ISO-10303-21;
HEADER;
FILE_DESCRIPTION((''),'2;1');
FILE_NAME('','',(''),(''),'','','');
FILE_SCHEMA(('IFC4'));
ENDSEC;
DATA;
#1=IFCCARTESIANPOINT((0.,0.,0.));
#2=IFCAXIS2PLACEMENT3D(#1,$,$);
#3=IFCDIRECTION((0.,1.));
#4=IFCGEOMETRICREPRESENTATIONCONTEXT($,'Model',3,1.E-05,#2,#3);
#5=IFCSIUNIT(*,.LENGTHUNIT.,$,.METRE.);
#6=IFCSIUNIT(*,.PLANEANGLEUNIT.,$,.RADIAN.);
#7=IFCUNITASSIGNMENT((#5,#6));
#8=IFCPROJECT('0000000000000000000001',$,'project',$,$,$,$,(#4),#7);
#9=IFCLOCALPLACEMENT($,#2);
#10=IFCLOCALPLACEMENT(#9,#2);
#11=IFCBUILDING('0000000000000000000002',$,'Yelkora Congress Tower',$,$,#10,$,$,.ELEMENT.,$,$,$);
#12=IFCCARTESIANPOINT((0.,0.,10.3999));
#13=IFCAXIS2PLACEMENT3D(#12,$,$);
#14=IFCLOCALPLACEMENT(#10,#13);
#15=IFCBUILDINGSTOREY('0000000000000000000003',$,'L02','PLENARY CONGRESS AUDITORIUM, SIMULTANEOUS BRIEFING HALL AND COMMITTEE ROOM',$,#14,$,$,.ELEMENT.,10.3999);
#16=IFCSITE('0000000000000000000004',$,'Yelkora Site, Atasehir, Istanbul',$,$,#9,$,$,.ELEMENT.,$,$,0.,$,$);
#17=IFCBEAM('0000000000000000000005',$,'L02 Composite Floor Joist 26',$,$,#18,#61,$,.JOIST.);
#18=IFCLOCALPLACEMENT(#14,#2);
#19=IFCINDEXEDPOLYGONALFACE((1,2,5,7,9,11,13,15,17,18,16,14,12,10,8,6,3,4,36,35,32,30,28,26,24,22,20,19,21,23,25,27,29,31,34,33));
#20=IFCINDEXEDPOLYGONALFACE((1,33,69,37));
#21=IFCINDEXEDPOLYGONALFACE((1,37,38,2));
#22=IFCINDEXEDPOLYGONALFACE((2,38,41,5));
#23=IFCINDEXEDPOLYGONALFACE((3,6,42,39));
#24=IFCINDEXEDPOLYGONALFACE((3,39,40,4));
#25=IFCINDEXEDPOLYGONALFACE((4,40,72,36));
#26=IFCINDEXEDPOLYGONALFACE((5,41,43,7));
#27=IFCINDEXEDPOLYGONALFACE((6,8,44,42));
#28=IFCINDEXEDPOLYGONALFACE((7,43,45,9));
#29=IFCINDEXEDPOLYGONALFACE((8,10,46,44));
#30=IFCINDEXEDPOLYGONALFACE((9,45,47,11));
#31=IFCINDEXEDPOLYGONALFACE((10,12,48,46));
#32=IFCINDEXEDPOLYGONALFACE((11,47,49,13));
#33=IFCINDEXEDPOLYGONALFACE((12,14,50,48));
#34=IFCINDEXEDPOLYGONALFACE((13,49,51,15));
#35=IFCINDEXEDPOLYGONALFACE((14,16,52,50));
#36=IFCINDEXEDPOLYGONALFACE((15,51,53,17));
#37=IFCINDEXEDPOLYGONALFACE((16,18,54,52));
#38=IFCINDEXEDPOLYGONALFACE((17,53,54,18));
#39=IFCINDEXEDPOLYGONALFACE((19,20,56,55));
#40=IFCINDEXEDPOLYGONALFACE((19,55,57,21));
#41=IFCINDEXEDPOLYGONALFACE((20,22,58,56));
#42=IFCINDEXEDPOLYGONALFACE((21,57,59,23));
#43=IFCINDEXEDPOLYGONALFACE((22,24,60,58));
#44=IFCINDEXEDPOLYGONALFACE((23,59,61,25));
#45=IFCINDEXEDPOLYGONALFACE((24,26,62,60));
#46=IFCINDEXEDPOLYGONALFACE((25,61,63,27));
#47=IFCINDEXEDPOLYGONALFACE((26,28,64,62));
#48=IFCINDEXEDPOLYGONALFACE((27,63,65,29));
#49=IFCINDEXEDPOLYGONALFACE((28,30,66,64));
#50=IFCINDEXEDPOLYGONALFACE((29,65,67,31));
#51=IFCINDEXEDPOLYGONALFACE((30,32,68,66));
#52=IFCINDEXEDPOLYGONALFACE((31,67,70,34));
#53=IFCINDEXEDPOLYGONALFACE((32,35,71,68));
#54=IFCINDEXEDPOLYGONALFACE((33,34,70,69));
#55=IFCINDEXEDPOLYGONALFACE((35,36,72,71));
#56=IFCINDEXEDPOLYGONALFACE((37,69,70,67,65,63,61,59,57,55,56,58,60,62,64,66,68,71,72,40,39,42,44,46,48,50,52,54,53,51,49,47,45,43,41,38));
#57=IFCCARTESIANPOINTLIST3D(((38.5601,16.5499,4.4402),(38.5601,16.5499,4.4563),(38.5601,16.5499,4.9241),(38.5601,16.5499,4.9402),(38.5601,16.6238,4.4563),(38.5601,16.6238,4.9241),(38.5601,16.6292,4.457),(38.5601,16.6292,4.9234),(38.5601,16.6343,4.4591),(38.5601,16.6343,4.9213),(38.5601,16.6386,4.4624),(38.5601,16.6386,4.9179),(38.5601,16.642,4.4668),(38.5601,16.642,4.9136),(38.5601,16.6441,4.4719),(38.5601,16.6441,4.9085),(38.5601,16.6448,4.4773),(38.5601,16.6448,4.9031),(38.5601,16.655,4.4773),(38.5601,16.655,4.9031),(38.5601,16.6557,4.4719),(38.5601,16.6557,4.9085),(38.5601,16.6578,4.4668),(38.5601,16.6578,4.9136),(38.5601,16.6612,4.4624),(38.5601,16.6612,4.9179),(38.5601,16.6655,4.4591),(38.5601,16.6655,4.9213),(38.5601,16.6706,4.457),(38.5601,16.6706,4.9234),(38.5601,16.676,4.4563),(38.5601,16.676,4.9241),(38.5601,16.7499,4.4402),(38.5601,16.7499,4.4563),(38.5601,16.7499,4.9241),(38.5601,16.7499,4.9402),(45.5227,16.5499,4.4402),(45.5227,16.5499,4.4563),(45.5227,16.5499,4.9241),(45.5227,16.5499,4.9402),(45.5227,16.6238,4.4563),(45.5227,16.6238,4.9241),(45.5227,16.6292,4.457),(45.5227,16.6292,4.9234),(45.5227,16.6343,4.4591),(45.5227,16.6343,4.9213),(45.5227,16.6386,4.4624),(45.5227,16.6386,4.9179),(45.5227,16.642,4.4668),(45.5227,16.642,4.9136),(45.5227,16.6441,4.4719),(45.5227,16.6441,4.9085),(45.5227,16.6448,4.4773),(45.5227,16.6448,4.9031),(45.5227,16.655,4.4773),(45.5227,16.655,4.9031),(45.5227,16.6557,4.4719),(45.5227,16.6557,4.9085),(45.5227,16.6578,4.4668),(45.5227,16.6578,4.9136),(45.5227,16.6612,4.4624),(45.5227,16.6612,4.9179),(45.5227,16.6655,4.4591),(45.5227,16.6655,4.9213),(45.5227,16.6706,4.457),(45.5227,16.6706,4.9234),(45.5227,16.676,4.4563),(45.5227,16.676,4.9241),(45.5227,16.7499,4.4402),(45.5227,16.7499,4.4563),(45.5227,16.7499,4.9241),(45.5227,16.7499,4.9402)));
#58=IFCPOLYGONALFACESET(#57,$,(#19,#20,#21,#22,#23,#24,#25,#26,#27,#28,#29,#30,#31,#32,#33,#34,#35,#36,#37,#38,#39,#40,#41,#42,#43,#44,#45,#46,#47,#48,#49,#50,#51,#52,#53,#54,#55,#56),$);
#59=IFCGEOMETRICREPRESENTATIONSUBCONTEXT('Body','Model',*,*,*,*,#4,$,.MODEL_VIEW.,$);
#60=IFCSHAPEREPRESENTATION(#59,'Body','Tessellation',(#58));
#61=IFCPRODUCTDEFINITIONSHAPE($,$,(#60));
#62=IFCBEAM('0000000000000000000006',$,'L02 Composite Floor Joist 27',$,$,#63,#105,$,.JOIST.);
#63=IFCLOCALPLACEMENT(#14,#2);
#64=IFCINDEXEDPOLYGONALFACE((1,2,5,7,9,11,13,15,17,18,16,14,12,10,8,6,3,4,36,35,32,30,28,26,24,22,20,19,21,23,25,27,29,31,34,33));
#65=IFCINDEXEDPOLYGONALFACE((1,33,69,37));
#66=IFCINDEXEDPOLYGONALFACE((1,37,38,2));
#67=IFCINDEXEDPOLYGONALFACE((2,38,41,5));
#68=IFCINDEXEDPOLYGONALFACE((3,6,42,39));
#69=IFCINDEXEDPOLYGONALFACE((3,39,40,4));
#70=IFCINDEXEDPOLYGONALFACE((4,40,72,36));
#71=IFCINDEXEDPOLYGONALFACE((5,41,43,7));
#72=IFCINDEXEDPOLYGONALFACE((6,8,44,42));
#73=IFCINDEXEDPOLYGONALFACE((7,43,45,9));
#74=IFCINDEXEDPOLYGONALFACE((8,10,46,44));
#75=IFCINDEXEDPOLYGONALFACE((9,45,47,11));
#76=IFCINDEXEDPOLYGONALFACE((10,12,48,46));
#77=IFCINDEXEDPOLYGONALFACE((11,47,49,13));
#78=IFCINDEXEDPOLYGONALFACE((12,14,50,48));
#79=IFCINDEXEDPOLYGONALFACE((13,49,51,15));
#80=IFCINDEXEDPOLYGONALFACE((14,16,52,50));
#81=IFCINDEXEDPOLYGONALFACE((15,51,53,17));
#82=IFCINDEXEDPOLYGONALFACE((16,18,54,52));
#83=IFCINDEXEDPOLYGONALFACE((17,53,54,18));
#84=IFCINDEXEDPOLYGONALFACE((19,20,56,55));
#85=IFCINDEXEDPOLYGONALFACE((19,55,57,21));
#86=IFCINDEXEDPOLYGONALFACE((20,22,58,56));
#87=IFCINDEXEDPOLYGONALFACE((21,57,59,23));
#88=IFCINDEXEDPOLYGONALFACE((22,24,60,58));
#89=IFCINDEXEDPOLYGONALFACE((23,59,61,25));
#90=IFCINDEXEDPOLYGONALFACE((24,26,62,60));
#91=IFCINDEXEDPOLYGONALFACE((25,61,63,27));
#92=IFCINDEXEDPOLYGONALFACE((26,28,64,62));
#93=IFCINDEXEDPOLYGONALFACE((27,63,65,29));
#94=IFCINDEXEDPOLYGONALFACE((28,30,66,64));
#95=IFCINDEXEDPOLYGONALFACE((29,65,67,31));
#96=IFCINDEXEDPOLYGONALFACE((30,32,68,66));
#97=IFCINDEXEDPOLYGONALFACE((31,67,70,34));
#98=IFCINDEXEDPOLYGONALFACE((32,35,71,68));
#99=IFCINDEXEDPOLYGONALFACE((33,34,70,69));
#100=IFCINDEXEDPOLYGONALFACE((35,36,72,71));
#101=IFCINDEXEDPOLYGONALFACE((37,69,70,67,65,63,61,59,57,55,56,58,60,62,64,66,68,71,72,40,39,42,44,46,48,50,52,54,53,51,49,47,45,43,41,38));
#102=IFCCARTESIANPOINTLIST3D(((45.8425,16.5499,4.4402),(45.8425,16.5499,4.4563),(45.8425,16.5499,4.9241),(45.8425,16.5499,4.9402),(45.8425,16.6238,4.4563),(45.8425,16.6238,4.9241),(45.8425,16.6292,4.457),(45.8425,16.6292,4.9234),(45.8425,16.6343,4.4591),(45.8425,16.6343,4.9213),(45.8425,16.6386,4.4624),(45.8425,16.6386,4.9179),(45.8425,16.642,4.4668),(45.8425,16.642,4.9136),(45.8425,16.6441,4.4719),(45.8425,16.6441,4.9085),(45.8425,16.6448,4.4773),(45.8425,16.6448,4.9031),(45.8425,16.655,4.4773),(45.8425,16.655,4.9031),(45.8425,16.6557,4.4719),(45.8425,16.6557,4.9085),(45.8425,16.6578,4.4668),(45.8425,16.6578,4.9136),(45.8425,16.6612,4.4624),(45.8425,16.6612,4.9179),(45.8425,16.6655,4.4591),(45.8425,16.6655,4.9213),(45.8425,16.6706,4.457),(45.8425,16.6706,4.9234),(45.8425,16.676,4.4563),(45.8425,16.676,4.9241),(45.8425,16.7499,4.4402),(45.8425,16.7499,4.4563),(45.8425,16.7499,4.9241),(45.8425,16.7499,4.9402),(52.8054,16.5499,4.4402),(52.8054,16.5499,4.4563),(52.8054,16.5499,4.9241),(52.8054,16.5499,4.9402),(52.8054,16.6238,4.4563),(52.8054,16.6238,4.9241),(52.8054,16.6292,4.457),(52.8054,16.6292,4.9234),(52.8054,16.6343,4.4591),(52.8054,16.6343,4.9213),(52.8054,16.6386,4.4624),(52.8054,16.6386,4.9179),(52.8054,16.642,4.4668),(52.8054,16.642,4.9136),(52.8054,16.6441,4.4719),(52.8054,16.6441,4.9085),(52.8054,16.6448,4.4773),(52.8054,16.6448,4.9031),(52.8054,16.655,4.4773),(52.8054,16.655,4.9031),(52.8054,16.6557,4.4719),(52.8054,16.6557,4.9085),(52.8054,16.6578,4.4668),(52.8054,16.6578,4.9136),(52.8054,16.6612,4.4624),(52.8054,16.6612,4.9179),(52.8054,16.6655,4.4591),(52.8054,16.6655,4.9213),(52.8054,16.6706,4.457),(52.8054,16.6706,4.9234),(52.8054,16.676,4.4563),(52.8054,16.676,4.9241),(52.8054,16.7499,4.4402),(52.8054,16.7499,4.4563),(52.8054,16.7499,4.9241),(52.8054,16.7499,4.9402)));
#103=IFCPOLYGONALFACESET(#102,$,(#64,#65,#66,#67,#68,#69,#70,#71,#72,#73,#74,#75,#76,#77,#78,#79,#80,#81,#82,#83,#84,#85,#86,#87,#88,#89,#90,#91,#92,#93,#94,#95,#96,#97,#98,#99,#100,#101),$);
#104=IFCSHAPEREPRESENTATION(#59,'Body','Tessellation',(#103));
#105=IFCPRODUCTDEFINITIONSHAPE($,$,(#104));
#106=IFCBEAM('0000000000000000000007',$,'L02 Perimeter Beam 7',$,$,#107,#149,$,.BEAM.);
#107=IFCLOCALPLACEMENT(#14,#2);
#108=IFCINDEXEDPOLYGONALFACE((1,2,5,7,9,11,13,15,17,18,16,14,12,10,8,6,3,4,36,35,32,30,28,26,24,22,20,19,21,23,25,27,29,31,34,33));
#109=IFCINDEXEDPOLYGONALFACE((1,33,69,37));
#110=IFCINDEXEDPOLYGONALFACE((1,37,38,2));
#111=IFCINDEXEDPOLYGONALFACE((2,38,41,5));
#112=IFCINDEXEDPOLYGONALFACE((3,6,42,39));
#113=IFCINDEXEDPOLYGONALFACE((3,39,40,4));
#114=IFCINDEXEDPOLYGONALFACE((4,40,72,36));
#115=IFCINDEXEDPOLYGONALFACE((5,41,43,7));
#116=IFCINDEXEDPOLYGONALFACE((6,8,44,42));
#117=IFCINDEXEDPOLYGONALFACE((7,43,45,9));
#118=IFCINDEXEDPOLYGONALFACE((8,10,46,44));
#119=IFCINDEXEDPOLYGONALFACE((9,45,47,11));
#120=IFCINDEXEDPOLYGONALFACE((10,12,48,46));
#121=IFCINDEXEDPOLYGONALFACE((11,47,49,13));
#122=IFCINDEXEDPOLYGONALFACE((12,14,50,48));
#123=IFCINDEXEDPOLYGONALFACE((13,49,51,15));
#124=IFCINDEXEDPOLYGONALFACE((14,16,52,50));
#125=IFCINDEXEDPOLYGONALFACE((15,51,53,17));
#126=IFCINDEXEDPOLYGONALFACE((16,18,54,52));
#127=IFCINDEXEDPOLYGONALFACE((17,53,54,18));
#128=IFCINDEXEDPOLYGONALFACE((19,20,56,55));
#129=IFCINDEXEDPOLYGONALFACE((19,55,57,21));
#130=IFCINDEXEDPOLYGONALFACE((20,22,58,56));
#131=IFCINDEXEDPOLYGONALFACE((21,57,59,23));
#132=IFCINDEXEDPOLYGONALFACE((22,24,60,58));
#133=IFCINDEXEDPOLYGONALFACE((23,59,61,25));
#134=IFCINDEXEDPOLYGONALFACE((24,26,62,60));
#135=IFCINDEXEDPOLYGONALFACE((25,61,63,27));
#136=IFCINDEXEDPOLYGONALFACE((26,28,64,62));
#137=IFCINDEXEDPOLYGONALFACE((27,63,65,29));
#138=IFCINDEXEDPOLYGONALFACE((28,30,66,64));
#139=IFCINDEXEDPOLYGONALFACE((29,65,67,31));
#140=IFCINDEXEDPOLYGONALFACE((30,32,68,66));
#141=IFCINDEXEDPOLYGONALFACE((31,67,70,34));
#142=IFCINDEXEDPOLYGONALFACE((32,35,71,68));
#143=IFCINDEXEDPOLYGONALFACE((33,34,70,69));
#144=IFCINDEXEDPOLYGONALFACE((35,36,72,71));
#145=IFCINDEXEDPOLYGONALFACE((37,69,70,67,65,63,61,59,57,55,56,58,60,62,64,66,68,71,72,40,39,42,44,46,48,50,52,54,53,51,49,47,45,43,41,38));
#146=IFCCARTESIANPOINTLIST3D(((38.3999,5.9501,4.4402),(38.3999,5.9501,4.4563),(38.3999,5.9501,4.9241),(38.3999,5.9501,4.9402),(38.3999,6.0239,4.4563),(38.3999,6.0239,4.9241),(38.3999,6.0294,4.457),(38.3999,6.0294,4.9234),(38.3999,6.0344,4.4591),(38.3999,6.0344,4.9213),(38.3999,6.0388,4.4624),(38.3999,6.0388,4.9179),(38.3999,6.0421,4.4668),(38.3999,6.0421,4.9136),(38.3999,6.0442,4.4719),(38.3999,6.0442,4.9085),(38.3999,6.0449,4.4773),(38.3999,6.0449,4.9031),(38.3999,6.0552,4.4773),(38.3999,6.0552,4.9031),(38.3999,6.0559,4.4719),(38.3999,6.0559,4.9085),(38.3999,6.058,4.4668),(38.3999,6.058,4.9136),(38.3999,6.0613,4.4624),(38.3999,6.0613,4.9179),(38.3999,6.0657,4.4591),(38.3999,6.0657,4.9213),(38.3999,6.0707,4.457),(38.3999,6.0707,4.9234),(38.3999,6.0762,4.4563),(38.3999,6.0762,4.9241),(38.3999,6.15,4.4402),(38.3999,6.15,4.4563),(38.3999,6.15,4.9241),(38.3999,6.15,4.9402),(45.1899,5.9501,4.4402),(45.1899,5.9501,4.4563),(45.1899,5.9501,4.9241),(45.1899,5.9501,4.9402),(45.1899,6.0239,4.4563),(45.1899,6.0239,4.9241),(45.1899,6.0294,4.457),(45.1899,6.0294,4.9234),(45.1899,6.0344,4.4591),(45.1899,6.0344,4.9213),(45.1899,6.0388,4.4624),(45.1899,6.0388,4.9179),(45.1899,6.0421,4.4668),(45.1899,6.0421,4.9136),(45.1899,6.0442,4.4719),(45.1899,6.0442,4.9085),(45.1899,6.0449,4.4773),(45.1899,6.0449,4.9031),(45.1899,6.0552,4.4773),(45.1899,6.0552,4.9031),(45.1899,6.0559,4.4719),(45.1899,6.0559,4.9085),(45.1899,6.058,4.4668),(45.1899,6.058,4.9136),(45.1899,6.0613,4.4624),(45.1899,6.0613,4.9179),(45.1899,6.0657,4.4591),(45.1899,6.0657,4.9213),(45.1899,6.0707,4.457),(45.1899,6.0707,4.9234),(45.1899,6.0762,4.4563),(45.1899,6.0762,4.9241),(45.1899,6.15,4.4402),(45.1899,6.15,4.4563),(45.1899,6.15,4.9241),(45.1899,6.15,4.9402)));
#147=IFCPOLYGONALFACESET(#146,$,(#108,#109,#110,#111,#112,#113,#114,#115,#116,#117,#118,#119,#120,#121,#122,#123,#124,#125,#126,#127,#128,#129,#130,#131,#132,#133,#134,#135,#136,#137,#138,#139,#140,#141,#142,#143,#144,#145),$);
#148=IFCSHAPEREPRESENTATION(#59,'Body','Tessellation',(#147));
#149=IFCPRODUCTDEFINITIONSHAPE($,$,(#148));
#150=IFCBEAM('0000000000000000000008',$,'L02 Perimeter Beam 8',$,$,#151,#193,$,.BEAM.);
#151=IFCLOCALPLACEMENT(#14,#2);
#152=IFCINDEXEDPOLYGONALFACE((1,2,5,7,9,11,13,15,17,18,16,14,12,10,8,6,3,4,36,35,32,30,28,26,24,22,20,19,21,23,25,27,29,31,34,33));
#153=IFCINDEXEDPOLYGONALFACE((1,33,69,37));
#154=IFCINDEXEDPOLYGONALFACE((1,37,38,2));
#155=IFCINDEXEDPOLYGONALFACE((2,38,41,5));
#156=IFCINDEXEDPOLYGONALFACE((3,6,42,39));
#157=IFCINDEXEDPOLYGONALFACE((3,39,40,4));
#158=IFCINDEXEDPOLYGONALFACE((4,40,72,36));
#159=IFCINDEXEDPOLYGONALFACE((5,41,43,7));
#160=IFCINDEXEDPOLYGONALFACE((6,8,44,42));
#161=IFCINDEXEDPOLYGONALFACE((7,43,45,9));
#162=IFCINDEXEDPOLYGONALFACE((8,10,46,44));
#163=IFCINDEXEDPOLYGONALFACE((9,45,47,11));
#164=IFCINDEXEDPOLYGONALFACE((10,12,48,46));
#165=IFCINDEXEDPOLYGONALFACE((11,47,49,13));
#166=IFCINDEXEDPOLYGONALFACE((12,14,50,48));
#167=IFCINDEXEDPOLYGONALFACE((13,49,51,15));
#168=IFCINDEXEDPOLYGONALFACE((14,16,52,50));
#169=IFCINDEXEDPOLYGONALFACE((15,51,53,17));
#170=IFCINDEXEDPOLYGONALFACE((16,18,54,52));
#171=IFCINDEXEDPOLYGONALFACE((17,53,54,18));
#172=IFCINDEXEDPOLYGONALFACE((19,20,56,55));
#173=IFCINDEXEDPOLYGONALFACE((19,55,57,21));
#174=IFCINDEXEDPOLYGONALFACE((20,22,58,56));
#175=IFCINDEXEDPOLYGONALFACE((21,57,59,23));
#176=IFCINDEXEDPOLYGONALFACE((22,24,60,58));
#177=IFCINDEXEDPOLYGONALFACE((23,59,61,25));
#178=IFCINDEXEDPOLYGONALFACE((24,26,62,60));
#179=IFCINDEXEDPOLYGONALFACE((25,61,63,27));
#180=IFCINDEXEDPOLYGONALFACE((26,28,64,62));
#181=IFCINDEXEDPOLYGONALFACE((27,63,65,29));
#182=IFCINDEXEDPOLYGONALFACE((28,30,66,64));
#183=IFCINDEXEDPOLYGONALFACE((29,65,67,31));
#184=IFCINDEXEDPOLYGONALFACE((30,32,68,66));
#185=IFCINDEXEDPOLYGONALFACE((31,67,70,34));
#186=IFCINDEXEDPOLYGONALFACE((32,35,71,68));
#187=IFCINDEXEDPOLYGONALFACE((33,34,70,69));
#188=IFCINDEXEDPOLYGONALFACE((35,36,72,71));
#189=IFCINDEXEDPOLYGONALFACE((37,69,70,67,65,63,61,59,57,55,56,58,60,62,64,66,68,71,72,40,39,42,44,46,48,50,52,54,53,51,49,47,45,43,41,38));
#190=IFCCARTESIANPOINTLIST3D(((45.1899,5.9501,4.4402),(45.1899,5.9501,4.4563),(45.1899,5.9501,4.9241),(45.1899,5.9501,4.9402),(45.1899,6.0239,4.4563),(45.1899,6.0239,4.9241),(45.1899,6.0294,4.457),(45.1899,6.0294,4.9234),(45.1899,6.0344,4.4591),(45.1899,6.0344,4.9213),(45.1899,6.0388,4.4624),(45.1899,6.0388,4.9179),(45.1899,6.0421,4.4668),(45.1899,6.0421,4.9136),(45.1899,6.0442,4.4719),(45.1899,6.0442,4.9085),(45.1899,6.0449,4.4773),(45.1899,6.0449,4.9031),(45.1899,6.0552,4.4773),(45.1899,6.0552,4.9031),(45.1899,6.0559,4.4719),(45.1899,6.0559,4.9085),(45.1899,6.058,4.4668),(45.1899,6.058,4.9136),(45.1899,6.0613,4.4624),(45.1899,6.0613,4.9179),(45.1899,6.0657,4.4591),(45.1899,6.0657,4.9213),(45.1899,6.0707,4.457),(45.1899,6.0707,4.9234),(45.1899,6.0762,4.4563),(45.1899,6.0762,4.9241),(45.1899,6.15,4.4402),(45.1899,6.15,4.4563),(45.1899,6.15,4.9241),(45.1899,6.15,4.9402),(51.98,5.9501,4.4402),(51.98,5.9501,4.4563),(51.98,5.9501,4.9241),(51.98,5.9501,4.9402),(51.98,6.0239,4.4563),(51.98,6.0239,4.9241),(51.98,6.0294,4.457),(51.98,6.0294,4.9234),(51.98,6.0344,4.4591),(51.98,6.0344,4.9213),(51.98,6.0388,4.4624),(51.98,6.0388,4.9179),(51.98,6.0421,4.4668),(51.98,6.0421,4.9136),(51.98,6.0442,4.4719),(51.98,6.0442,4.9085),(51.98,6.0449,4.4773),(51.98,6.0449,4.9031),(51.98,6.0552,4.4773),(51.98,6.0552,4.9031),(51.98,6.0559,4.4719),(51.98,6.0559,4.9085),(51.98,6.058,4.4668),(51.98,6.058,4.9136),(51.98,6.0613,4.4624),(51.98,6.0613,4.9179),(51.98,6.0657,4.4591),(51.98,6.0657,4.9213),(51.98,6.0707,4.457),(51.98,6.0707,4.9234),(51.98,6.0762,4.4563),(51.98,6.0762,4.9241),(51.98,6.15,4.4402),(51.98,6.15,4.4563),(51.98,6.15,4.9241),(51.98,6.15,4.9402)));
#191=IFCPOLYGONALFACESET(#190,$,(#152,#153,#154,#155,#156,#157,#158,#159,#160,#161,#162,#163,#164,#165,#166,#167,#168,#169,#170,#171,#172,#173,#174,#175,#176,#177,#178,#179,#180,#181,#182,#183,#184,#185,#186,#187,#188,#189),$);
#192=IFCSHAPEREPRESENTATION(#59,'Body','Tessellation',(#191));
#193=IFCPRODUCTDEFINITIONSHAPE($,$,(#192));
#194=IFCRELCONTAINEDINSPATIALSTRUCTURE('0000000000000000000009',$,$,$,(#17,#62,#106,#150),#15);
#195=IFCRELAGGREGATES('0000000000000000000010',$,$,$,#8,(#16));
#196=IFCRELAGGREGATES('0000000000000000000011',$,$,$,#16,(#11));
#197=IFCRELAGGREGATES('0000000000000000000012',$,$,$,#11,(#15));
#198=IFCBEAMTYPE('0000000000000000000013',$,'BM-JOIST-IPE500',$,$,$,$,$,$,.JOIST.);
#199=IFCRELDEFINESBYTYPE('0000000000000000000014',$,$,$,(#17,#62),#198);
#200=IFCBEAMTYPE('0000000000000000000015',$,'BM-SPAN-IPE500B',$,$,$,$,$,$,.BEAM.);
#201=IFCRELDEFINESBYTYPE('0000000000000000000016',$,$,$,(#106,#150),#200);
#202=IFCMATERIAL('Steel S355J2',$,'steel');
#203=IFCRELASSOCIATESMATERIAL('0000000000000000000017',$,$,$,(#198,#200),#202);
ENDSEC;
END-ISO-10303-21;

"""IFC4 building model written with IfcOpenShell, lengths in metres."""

from ifc_helpers import new_model, si_unit, direction, frame, origin, origin_2d, place, context, subcontext, project, spatial, i_section, extrude, material, material_profile, profile_set, type_object, element, save


model = new_model("IFC4")

# Units and contexts
model_context = context("Model", 3, precision=1e-05, world=origin(), true_north=direction((0.0, 1.0)))
body_context = subcontext(model_context, "Body", "Model", "MODEL_VIEW")
ifc_project = project(units=[si_unit("LENGTHUNIT", "METRE"), si_unit("PLANEANGLEUNIT", "RADIAN")], contexts=[model_context])

# Site, building, storey
site_placement = place(None, origin())
site = spatial("IfcSite", under=ifc_project, at=site_placement, Name="Yelkora Site, Atasehir, Istanbul", CompositionType="ELEMENT", RefElevation=0.0)
building_placement = place(site_placement, origin())
building = spatial("IfcBuilding", under=site, at=building_placement, Name="Yelkora Congress Tower", CompositionType="ELEMENT")
storey_placement = place(building_placement, frame((0.0, 0.0, 10.3999)))
storey = spatial("IfcBuildingStorey", under=building, at=storey_placement, Name="L02", Description="PLENARY CONGRESS AUDITORIUM, SIMULTANEOUS BRIEFING HALL AND COMMITTEE ROOM", CompositionType="ELEMENT", Elevation=10.3999)

# Beams
ifc_material_1 = material(Name="Steel S355J2", Category="steel")
ifc_material_profile_1 = material_profile(ifc_material_1, i_section(OverallWidth=0.2, OverallDepth=0.5, WebThickness=0.0103, FlangeThickness=0.0161, FilletRadius=0.021, at=origin_2d()), Name="IPE 500")
ifc_profile_set_1 = profile_set([ifc_material_profile_1], Name="Steel S355J2")
beam_type_1 = type_object("IfcBeamType", Name="BM-JOIST-IPE500", PredefinedType="JOIST", material=ifc_profile_set_1)
beam_1_placement = place(storey_placement, frame((38.5601, 16.6499, 4.6902), z_axis=(1.0, 0.0, 0.0), x_axis=(0.0, 1.0, 0.0)))
element("IfcBeam", 1, at=beam_1_placement, inside=storey, type_object=beam_type_1, Name="L02 Composite Floor Joist 26", PredefinedType="JOIST", context=body_context, shape_type="SweptSolid", body=[
    extrude(i_section(OverallWidth=0.2, OverallDepth=0.5, WebThickness=0.0103, FlangeThickness=0.0161, FilletRadius=0.021, at=origin_2d()), origin(), (0.0, 0.0, 1.0), 6.9626),
])
beam_2_placement = place(storey_placement, frame((45.8425, 16.6499, 4.6902), z_axis=(1.0, 0.0, 0.0), x_axis=(0.0, 1.0, 0.0)))
element("IfcBeam", 2, at=beam_2_placement, inside=storey, type_object=beam_type_1, Name="L02 Composite Floor Joist 27", PredefinedType="JOIST", context=body_context, shape_type="SweptSolid", body=[
    extrude(i_section(OverallWidth=0.2, OverallDepth=0.5, WebThickness=0.0103, FlangeThickness=0.0161, FilletRadius=0.021, at=origin_2d()), origin(), (0.0, 0.0, 1.0), 6.9629),
])
ifc_material_profile_2 = material_profile(ifc_material_1, i_section(OverallWidth=0.2, OverallDepth=0.5, WebThickness=0.0103, FlangeThickness=0.0161, FilletRadius=0.021, at=origin_2d()), Name="IPE 500")
ifc_profile_set_2 = profile_set([ifc_material_profile_2], Name="Steel S355J2")
beam_type_2 = type_object("IfcBeamType", Name="BM-SPAN-IPE500B", PredefinedType="BEAM", material=ifc_profile_set_2)
for number, where, z_axis, x_axis, name in (
    (3, (38.3999, 6.05, 4.6902), (1.0, 0.0, 0.0), (0.0, 1.0, 0.0), "L02 Perimeter Beam 7"),
    (4, (45.1899, 6.05, 4.6902), (1.0, 0.0, 0.0), (0.0, 1.0, 0.0), "L02 Perimeter Beam 8"),
):
    element("IfcBeam", number, at=place(storey_placement, frame(where, z_axis=z_axis, x_axis=x_axis)), inside=storey, type_object=beam_type_2, Name=name, PredefinedType="BEAM", context=body_context, shape_type="SweptSolid", body=[
        extrude(i_section(OverallWidth=0.2, OverallDepth=0.5, WebThickness=0.0103, FlangeThickness=0.0161, FilletRadius=0.021, at=origin_2d()), origin(), (0.0, 0.0, 1.0), 6.79),
    ])

save(model, "model.ifc")
